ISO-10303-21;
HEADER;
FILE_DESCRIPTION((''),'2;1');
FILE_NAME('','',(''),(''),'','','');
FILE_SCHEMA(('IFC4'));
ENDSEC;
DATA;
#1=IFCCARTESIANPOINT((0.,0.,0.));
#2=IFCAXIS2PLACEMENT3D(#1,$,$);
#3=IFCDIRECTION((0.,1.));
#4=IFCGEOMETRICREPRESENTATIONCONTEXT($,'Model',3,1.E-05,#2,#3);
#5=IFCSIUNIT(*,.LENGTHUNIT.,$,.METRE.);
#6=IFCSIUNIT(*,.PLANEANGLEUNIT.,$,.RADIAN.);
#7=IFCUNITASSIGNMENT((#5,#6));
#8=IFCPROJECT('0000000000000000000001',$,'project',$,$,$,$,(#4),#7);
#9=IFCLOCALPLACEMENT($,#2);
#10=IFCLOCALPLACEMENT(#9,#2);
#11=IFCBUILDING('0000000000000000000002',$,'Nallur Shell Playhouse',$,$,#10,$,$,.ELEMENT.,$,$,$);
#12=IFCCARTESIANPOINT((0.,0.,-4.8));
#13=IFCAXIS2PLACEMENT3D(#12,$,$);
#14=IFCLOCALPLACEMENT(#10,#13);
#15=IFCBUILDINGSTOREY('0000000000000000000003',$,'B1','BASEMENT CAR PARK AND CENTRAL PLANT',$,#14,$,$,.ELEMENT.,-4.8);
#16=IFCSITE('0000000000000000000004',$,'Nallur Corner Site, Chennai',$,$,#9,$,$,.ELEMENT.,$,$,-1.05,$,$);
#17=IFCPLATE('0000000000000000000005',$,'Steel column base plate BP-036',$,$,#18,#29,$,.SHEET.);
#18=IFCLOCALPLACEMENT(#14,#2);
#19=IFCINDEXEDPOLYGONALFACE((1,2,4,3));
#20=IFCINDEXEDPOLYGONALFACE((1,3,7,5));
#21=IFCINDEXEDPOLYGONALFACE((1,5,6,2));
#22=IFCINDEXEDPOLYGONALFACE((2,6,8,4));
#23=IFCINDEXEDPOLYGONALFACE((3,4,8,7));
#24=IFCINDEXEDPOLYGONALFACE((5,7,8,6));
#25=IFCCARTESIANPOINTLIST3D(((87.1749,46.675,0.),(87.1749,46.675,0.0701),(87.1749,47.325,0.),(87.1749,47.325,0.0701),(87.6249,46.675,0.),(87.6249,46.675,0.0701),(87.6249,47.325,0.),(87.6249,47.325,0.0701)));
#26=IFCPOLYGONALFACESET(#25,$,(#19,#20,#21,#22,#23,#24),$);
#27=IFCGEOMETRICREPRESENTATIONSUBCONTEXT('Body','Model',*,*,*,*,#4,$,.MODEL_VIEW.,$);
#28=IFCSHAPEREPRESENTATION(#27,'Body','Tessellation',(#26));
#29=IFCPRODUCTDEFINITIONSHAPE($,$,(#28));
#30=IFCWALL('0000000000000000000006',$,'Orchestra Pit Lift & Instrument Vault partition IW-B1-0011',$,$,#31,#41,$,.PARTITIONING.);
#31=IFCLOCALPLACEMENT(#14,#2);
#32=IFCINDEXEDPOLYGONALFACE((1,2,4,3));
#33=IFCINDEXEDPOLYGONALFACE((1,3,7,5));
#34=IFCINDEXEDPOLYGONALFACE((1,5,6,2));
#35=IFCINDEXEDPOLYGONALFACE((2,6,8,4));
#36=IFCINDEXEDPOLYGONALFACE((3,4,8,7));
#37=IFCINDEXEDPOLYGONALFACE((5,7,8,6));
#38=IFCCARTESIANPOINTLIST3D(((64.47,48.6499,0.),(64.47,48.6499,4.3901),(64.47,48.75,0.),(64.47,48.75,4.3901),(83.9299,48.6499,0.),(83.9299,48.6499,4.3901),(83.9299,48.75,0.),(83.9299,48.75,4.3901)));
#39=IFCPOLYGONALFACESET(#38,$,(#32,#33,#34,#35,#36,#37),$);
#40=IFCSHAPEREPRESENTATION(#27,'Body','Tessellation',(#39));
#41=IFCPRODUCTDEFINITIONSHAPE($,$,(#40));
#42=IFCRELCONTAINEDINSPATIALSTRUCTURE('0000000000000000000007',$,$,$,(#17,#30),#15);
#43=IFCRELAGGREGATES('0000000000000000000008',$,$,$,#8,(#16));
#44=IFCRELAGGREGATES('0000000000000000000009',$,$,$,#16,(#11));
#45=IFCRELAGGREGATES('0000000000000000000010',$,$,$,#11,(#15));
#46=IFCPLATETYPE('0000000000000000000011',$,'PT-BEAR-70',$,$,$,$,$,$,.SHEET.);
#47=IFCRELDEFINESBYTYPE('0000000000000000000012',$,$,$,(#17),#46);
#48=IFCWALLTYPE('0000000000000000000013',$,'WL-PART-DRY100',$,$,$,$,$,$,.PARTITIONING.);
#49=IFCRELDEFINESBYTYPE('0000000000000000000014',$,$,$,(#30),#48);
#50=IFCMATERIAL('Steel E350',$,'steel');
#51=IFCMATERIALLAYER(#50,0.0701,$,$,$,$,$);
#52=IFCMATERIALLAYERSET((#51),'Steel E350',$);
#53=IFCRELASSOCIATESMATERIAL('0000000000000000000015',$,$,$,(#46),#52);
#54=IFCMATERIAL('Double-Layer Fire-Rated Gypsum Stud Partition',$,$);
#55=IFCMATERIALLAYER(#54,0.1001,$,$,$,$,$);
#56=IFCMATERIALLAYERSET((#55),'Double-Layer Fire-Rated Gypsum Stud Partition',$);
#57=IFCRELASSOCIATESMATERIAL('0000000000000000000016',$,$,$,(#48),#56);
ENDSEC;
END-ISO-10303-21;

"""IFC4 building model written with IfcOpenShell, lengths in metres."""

from ifc_helpers import new_model, si_unit, direction, frame, frame_2d, origin, origin_2d, place, context, subcontext, project, spatial, rectangle, extrude, material, layer, layer_set, type_object, element, save


model = new_model("IFC4")

# Units and contexts
model_context = context("Model", 3, precision=1e-05, world=origin(), true_north=direction((0.0, 1.0)))
body_context = subcontext(model_context, "Body", "Model", "MODEL_VIEW")
ifc_project = project(units=[si_unit("LENGTHUNIT", "METRE"), si_unit("PLANEANGLEUNIT", "RADIAN")], contexts=[model_context])

# Site, building, storey
site_placement = place(None, origin())
site = spatial("IfcSite", under=ifc_project, at=site_placement, Name="Nallur Corner Site, Chennai", CompositionType="ELEMENT", RefElevation=-1.05)
building_placement = place(site_placement, origin())
building = spatial("IfcBuilding", under=site, at=building_placement, Name="Nallur Shell Playhouse", CompositionType="ELEMENT")
storey_placement = place(building_placement, frame((0.0, 0.0, -4.8)))
storey = spatial("IfcBuildingStorey", under=building, at=storey_placement, Name="B1", Description="BASEMENT CAR PARK AND CENTRAL PLANT", CompositionType="ELEMENT", Elevation=-4.8)

# Shared definitions
ifc_material_1 = material(Name="Steel E350", Category="steel")

# Plate
ifc_layer_1 = layer(ifc_material_1, 0.0701)
ifc_layer_set_1 = layer_set([ifc_layer_1], Name="Steel E350")
plate_type_1 = type_object("IfcPlateType", Name="PT-BEAR-70", PredefinedType="SHEET", material=ifc_layer_set_1)
plate_placement = place(storey_placement, frame((87.3999, 47.0, 0.0), z_axis=(0.0, 0.0, 1.0), x_axis=(1.0, 0.0, 0.0)))
element("IfcPlate", 1, at=plate_placement, inside=storey, type_object=plate_type_1, Name="Steel column base plate BP-036", PredefinedType="SHEET", context=body_context, shape_type="SweptSolid", body=[
    extrude(rectangle(XDim=0.45, YDim=0.6499, at=origin_2d()), origin(), (0.0, 0.0, 1.0), 0.0701),
])

# Wall
ifc_material_2 = material(Name="Double-Layer Fire-Rated Gypsum Stud Partition")
ifc_layer_2 = layer(ifc_material_2, 0.1001)
ifc_layer_set_2 = layer_set([ifc_layer_2], Name="Double-Layer Fire-Rated Gypsum Stud Partition")
wall_type = type_object("IfcWallType", Name="WL-PART-DRY100", PredefinedType="PARTITIONING", material=ifc_layer_set_2)
wall_placement = place(storey_placement, frame((83.9299, 48.7, 0.0), z_axis=(0.0, 0.0, 1.0), x_axis=(-1.0, 0.0, 0.0)))
element("IfcWall", 2, at=wall_placement, inside=storey, type_object=wall_type, Name="Orchestra Pit Lift & Instrument Vault partition IW-B1-0011", PredefinedType="PARTITIONING", context=body_context, shape_type="SweptSolid", body=[
    extrude(rectangle(XDim=19.46, YDim=0.1001, at=frame_2d((9.73, 0.0))), origin(), (0.0, 0.0, 1.0), 4.3901),
])

save(model, "model.ifc")
